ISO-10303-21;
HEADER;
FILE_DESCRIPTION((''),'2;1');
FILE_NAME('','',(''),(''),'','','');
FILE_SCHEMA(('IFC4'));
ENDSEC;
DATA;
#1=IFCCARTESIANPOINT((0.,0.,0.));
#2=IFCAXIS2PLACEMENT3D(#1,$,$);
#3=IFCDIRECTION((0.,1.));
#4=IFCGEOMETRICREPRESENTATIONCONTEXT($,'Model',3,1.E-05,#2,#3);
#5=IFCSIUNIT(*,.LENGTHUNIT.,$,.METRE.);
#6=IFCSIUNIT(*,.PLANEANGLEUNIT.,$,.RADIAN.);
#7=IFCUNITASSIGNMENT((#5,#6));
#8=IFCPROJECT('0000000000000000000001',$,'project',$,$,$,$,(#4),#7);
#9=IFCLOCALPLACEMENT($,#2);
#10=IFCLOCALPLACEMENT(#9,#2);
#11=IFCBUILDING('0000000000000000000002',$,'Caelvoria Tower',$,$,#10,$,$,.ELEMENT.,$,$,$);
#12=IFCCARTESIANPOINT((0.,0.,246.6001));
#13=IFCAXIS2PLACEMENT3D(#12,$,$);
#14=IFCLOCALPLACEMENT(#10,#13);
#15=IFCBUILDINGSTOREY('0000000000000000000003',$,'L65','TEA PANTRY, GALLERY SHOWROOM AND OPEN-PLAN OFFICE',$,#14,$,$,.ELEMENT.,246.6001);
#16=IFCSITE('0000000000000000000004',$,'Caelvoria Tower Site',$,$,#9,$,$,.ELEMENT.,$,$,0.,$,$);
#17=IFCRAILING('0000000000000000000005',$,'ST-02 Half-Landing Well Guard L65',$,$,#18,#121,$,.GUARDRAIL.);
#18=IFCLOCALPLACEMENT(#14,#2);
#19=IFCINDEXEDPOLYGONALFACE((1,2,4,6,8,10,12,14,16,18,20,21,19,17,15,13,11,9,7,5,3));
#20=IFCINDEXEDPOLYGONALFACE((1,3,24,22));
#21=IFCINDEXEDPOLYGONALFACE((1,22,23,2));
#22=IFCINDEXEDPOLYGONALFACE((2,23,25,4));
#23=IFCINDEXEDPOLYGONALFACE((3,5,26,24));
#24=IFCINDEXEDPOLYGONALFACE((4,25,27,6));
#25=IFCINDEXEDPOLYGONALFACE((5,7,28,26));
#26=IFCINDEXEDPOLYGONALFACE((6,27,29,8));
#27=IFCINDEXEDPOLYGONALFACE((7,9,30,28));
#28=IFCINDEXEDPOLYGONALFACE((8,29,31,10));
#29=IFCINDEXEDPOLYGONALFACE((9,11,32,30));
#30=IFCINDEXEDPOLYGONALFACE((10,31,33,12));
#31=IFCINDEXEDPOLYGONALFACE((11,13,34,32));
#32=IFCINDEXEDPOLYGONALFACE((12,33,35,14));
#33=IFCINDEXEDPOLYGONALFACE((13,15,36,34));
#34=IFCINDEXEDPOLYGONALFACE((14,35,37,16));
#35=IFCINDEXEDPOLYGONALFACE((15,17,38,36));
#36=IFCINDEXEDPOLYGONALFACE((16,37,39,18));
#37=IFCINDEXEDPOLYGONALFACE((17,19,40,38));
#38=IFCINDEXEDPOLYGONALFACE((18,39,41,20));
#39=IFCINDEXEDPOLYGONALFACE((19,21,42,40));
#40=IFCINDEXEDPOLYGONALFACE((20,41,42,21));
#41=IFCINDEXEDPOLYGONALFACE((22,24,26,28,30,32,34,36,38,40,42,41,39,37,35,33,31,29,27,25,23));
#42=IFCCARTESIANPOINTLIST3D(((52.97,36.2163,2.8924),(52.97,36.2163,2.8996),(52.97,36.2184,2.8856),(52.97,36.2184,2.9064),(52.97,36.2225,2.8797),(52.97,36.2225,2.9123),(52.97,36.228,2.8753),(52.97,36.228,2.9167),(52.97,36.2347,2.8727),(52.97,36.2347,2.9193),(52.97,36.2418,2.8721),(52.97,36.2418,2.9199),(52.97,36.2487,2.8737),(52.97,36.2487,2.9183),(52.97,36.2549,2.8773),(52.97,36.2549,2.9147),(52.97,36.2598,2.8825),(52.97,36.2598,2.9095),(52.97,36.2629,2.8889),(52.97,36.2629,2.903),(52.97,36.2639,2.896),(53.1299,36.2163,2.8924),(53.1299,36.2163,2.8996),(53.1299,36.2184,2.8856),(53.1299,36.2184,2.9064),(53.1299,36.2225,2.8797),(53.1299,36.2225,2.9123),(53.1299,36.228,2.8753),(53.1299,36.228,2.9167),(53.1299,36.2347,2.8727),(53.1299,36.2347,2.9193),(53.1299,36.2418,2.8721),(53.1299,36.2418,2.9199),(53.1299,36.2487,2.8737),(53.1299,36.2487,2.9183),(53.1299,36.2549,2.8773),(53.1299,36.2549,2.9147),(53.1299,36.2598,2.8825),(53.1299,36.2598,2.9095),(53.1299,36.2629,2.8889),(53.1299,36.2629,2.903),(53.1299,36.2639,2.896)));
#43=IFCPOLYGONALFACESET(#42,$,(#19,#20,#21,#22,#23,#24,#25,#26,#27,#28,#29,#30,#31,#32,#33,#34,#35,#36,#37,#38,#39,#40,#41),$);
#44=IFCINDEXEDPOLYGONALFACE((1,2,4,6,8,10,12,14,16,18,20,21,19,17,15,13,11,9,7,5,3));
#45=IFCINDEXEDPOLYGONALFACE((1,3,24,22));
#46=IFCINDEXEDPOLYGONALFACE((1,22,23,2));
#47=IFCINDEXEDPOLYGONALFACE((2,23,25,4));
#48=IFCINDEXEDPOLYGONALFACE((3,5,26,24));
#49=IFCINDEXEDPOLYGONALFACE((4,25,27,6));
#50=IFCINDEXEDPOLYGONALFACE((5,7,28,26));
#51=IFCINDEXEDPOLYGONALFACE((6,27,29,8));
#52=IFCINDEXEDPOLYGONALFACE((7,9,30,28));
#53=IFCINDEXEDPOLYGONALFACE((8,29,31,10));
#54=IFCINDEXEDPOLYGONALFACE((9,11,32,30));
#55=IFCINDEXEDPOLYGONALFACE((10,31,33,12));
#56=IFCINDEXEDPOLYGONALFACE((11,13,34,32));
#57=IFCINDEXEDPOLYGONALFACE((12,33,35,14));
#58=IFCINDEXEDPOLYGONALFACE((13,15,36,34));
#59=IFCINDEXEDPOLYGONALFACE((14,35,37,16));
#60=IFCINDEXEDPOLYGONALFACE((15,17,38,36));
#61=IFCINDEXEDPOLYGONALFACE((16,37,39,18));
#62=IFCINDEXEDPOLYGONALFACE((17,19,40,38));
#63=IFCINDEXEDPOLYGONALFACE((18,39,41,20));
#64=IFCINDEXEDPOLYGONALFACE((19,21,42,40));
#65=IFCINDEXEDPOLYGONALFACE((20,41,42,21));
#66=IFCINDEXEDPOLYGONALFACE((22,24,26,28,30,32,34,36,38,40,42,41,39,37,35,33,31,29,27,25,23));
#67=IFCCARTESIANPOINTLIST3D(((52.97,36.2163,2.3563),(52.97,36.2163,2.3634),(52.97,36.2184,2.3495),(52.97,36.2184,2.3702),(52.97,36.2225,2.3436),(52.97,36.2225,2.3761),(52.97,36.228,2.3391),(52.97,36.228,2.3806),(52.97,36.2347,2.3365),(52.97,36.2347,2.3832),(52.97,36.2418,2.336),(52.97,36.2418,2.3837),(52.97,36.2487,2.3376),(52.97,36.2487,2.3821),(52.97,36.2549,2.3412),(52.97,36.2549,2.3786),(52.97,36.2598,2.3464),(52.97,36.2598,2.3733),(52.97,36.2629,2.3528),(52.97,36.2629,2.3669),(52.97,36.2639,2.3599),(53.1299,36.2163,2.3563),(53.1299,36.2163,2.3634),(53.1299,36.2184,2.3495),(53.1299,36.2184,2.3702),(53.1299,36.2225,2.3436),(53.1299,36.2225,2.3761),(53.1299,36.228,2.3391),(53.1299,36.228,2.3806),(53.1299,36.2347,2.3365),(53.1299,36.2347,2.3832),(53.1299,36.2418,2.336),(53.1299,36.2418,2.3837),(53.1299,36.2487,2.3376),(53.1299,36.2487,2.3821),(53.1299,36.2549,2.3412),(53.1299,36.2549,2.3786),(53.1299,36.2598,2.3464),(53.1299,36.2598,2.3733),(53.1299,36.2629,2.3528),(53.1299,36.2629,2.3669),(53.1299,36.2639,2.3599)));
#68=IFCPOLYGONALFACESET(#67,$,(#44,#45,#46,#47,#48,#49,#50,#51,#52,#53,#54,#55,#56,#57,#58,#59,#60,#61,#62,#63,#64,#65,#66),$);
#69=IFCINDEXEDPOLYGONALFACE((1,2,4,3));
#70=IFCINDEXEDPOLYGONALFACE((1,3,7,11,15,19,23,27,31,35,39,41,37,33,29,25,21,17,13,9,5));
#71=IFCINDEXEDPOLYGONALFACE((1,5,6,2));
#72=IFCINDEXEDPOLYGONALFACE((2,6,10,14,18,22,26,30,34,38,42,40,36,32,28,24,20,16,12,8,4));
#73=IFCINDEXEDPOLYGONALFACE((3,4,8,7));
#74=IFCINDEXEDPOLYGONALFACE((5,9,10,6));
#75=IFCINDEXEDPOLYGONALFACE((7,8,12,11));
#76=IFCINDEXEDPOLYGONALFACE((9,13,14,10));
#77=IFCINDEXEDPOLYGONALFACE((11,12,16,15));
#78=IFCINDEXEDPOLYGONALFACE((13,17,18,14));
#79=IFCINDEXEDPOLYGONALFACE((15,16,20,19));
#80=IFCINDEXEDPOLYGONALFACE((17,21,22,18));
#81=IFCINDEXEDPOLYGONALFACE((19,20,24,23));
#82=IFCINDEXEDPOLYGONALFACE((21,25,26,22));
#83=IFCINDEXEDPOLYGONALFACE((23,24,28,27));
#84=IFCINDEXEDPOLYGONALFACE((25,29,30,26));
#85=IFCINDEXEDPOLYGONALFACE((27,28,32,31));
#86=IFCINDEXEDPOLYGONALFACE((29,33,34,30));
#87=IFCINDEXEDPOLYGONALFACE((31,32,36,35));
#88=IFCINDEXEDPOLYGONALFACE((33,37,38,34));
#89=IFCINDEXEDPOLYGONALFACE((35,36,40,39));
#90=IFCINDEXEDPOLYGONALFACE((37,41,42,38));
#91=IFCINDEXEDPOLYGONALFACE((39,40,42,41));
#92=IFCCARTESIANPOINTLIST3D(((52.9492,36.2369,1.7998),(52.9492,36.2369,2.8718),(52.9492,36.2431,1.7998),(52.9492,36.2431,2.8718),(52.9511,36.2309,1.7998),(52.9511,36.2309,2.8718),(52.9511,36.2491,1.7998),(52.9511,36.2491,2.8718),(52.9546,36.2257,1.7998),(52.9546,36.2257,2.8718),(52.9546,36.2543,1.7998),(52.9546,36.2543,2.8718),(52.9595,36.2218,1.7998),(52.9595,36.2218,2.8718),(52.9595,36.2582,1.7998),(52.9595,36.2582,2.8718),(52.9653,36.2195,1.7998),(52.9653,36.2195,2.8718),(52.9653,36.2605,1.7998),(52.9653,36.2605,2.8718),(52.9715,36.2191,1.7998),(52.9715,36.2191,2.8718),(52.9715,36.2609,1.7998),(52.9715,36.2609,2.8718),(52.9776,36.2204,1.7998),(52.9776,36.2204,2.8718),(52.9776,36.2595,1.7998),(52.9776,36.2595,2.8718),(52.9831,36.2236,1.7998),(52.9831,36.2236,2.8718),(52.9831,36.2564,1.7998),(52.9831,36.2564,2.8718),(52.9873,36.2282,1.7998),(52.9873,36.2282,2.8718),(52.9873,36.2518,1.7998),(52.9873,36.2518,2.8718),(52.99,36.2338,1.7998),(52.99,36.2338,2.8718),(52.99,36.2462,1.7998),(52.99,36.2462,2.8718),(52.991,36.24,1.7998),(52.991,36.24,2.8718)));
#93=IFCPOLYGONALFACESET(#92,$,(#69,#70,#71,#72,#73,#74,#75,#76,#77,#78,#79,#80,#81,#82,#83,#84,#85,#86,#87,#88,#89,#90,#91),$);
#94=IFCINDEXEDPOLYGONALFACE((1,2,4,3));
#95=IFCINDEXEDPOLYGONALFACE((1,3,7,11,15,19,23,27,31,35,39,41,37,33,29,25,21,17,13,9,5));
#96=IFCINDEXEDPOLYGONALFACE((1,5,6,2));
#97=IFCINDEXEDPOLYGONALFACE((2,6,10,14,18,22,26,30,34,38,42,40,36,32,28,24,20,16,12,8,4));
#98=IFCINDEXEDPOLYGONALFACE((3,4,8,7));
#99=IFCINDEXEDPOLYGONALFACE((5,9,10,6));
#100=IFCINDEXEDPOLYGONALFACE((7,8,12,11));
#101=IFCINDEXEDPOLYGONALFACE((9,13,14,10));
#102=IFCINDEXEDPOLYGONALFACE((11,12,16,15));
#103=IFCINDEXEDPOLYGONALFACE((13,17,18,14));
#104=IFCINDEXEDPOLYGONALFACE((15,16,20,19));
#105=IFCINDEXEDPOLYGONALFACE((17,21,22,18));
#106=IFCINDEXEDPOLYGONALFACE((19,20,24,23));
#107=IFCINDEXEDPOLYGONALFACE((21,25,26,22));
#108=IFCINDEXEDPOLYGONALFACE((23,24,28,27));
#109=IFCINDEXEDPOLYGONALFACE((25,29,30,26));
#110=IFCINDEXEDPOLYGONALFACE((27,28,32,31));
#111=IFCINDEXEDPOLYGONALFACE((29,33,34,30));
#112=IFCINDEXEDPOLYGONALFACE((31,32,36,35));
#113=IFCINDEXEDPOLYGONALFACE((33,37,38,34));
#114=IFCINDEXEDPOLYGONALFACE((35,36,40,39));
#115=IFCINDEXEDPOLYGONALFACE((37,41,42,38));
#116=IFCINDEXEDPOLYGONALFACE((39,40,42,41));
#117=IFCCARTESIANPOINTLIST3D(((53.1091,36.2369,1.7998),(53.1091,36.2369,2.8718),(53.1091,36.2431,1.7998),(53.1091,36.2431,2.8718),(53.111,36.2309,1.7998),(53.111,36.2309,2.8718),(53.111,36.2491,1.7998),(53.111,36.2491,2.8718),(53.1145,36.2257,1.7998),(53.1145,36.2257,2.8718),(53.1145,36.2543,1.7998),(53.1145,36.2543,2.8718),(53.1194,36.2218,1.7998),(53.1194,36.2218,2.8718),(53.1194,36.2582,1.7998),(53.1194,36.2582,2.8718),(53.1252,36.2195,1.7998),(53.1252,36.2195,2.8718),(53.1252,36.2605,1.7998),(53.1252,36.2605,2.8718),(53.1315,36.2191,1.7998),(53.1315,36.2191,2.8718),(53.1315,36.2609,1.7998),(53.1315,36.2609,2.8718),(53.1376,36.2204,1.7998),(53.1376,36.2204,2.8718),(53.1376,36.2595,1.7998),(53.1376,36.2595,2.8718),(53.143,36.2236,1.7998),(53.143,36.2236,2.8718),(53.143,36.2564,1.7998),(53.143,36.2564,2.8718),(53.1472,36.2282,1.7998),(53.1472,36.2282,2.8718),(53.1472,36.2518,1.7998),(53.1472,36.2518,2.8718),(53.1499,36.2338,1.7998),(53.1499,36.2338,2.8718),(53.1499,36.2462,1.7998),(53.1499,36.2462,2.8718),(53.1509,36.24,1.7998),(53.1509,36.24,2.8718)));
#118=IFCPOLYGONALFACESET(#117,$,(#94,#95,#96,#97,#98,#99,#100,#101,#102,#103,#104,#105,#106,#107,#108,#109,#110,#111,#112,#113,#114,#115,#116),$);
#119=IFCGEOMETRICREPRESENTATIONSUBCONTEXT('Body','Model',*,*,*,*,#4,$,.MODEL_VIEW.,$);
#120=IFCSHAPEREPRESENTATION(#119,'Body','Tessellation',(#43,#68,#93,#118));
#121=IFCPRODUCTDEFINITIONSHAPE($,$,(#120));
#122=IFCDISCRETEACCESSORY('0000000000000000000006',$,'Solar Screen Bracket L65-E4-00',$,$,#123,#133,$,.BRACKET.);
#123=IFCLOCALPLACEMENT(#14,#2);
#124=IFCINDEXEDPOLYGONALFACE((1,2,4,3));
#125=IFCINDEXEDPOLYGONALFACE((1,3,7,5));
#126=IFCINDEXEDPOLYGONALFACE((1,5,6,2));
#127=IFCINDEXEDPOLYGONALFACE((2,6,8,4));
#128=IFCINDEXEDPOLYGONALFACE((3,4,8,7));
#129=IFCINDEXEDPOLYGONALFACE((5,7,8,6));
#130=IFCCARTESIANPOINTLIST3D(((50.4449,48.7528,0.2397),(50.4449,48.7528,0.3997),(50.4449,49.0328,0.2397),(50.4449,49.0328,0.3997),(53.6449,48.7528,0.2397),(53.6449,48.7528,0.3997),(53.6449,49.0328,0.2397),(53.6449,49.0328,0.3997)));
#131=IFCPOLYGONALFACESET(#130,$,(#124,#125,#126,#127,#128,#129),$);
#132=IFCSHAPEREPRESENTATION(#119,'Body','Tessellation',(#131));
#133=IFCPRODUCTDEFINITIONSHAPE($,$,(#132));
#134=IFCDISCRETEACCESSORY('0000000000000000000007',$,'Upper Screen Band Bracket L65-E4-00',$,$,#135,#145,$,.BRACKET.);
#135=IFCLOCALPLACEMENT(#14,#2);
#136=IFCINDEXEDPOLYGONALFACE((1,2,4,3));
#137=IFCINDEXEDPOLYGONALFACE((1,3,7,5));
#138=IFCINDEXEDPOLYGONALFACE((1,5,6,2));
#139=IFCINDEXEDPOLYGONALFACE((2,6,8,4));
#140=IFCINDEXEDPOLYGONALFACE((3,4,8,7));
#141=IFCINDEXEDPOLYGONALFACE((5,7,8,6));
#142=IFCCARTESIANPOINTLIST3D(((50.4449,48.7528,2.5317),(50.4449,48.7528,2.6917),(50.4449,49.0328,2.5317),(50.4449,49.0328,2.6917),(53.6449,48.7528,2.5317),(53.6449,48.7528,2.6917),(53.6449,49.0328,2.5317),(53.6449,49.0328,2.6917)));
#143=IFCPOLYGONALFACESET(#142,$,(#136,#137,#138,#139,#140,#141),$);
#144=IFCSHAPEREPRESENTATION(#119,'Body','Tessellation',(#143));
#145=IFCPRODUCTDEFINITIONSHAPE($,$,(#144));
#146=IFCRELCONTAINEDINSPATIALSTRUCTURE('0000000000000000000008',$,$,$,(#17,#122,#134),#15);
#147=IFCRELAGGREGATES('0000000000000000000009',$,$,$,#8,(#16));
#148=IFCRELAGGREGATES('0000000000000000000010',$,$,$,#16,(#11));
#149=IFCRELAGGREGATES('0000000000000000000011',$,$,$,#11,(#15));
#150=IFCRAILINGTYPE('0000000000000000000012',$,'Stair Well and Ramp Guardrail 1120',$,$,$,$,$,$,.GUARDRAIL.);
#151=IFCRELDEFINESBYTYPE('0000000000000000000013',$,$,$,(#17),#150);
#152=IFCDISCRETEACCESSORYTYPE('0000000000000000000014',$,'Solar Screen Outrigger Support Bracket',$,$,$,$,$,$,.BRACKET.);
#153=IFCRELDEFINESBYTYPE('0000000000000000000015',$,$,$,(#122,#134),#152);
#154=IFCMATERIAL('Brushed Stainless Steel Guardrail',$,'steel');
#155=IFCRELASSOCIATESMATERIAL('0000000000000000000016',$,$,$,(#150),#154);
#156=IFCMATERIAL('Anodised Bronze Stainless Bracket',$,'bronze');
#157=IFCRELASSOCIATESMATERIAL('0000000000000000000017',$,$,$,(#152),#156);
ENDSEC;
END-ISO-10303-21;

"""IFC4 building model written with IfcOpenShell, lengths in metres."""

from ifc_helpers import new_model, si_unit, direction, frame, origin, origin_2d, place, context, subcontext, project, spatial, rectangle, circle, extrude, material, type_object, element, save


model = new_model("IFC4")

# Units and contexts
model_context = context("Model", 3, precision=1e-05, world=origin(), true_north=direction((0.0, 1.0)))
body_context = subcontext(model_context, "Body", "Model", "MODEL_VIEW")
ifc_project = project(units=[si_unit("LENGTHUNIT", "METRE"), si_unit("PLANEANGLEUNIT", "RADIAN")], contexts=[model_context])

# Site, building, storey
site_placement = place(None, origin())
site = spatial("IfcSite", under=ifc_project, at=site_placement, Name="Caelvoria Tower Site", CompositionType="ELEMENT", RefElevation=0.0)
building_placement = place(site_placement, origin())
building = spatial("IfcBuilding", under=site, at=building_placement, Name="Caelvoria Tower", CompositionType="ELEMENT")
storey_placement = place(building_placement, frame((0.0, 0.0, 246.6001)))
storey = spatial("IfcBuildingStorey", under=building, at=storey_placement, Name="L65", Description="TEA PANTRY, GALLERY SHOWROOM AND OPEN-PLAN OFFICE", CompositionType="ELEMENT", Elevation=246.6001)

# Railing
ifc_material_1 = material(Name="Brushed Stainless Steel Guardrail", Category="steel")
railing_type_1 = type_object("IfcRailingType", Name="Stair Well and Ramp Guardrail 1120", PredefinedType="GUARDRAIL", material=ifc_material_1)
railing_1_placement = place(storey_placement, frame((52.97, 36.24, 1.7998)))
element("IfcRailing", 1, at=railing_1_placement, inside=storey, type_object=railing_type_1, Name="ST-02 Half-Landing Well Guard L65", PredefinedType="GUARDRAIL", context=body_context, shape_type="SweptSolid", body=[
    extrude(circle(Radius=0.0239, at=origin_2d()), frame((0.0, 0.0, 1.0962), z_axis=(1.0, 0.0, 0.0), x_axis=(0.0, 1.0, 0.0)), (0.0, 0.0, 1.0), 0.1599),
    extrude(circle(Radius=0.0239, at=origin_2d()), frame((0.0, 0.0, 0.5601), z_axis=(1.0, 0.0, 0.0), x_axis=(0.0, 1.0, 0.0)), (0.0, 0.0, 1.0), 0.1599),
    extrude(circle(Radius=0.021, at=origin_2d()), origin(), (0.0, 0.0, 1.0), 1.072),
    extrude(circle(Radius=0.021, at=origin_2d()), frame((0.1599, 0.0, 0.0)), (0.0, 0.0, 1.0), 1.072),
])

# Discrete accessories
ifc_material_2 = material(Name="Anodised Bronze Stainless Bracket", Category="bronze")
discrete_accessory_type = type_object("IfcDiscreteAccessoryType", Name="Solar Screen Outrigger Support Bracket", PredefinedType="BRACKET", material=ifc_material_2)
for number, where, z_axis, x_axis, name in (
    (2, (52.0449, 48.8928, 0.2397), (0.0, 0.0, 1.0), (-1.0, 0.0, 0.0), "Solar Screen Bracket L65-E4-00"),
    (3, (52.0449, 48.8928, 2.5317), (0.0, 0.0, 1.0), (-1.0, 0.0, 0.0), "Upper Screen Band Bracket L65-E4-00"),
):
    element("IfcDiscreteAccessory", number, at=place(storey_placement, frame(where, z_axis=z_axis, x_axis=x_axis)), inside=storey, type_object=discrete_accessory_type, Name=name, PredefinedType="BRACKET", context=body_context, shape_type="SweptSolid", body=[
        extrude(rectangle(XDim=3.2, YDim=0.28, at=origin_2d()), origin(), (0.0, 0.0, 1.0), 0.1599),
    ])

save(model, "model.ifc")
